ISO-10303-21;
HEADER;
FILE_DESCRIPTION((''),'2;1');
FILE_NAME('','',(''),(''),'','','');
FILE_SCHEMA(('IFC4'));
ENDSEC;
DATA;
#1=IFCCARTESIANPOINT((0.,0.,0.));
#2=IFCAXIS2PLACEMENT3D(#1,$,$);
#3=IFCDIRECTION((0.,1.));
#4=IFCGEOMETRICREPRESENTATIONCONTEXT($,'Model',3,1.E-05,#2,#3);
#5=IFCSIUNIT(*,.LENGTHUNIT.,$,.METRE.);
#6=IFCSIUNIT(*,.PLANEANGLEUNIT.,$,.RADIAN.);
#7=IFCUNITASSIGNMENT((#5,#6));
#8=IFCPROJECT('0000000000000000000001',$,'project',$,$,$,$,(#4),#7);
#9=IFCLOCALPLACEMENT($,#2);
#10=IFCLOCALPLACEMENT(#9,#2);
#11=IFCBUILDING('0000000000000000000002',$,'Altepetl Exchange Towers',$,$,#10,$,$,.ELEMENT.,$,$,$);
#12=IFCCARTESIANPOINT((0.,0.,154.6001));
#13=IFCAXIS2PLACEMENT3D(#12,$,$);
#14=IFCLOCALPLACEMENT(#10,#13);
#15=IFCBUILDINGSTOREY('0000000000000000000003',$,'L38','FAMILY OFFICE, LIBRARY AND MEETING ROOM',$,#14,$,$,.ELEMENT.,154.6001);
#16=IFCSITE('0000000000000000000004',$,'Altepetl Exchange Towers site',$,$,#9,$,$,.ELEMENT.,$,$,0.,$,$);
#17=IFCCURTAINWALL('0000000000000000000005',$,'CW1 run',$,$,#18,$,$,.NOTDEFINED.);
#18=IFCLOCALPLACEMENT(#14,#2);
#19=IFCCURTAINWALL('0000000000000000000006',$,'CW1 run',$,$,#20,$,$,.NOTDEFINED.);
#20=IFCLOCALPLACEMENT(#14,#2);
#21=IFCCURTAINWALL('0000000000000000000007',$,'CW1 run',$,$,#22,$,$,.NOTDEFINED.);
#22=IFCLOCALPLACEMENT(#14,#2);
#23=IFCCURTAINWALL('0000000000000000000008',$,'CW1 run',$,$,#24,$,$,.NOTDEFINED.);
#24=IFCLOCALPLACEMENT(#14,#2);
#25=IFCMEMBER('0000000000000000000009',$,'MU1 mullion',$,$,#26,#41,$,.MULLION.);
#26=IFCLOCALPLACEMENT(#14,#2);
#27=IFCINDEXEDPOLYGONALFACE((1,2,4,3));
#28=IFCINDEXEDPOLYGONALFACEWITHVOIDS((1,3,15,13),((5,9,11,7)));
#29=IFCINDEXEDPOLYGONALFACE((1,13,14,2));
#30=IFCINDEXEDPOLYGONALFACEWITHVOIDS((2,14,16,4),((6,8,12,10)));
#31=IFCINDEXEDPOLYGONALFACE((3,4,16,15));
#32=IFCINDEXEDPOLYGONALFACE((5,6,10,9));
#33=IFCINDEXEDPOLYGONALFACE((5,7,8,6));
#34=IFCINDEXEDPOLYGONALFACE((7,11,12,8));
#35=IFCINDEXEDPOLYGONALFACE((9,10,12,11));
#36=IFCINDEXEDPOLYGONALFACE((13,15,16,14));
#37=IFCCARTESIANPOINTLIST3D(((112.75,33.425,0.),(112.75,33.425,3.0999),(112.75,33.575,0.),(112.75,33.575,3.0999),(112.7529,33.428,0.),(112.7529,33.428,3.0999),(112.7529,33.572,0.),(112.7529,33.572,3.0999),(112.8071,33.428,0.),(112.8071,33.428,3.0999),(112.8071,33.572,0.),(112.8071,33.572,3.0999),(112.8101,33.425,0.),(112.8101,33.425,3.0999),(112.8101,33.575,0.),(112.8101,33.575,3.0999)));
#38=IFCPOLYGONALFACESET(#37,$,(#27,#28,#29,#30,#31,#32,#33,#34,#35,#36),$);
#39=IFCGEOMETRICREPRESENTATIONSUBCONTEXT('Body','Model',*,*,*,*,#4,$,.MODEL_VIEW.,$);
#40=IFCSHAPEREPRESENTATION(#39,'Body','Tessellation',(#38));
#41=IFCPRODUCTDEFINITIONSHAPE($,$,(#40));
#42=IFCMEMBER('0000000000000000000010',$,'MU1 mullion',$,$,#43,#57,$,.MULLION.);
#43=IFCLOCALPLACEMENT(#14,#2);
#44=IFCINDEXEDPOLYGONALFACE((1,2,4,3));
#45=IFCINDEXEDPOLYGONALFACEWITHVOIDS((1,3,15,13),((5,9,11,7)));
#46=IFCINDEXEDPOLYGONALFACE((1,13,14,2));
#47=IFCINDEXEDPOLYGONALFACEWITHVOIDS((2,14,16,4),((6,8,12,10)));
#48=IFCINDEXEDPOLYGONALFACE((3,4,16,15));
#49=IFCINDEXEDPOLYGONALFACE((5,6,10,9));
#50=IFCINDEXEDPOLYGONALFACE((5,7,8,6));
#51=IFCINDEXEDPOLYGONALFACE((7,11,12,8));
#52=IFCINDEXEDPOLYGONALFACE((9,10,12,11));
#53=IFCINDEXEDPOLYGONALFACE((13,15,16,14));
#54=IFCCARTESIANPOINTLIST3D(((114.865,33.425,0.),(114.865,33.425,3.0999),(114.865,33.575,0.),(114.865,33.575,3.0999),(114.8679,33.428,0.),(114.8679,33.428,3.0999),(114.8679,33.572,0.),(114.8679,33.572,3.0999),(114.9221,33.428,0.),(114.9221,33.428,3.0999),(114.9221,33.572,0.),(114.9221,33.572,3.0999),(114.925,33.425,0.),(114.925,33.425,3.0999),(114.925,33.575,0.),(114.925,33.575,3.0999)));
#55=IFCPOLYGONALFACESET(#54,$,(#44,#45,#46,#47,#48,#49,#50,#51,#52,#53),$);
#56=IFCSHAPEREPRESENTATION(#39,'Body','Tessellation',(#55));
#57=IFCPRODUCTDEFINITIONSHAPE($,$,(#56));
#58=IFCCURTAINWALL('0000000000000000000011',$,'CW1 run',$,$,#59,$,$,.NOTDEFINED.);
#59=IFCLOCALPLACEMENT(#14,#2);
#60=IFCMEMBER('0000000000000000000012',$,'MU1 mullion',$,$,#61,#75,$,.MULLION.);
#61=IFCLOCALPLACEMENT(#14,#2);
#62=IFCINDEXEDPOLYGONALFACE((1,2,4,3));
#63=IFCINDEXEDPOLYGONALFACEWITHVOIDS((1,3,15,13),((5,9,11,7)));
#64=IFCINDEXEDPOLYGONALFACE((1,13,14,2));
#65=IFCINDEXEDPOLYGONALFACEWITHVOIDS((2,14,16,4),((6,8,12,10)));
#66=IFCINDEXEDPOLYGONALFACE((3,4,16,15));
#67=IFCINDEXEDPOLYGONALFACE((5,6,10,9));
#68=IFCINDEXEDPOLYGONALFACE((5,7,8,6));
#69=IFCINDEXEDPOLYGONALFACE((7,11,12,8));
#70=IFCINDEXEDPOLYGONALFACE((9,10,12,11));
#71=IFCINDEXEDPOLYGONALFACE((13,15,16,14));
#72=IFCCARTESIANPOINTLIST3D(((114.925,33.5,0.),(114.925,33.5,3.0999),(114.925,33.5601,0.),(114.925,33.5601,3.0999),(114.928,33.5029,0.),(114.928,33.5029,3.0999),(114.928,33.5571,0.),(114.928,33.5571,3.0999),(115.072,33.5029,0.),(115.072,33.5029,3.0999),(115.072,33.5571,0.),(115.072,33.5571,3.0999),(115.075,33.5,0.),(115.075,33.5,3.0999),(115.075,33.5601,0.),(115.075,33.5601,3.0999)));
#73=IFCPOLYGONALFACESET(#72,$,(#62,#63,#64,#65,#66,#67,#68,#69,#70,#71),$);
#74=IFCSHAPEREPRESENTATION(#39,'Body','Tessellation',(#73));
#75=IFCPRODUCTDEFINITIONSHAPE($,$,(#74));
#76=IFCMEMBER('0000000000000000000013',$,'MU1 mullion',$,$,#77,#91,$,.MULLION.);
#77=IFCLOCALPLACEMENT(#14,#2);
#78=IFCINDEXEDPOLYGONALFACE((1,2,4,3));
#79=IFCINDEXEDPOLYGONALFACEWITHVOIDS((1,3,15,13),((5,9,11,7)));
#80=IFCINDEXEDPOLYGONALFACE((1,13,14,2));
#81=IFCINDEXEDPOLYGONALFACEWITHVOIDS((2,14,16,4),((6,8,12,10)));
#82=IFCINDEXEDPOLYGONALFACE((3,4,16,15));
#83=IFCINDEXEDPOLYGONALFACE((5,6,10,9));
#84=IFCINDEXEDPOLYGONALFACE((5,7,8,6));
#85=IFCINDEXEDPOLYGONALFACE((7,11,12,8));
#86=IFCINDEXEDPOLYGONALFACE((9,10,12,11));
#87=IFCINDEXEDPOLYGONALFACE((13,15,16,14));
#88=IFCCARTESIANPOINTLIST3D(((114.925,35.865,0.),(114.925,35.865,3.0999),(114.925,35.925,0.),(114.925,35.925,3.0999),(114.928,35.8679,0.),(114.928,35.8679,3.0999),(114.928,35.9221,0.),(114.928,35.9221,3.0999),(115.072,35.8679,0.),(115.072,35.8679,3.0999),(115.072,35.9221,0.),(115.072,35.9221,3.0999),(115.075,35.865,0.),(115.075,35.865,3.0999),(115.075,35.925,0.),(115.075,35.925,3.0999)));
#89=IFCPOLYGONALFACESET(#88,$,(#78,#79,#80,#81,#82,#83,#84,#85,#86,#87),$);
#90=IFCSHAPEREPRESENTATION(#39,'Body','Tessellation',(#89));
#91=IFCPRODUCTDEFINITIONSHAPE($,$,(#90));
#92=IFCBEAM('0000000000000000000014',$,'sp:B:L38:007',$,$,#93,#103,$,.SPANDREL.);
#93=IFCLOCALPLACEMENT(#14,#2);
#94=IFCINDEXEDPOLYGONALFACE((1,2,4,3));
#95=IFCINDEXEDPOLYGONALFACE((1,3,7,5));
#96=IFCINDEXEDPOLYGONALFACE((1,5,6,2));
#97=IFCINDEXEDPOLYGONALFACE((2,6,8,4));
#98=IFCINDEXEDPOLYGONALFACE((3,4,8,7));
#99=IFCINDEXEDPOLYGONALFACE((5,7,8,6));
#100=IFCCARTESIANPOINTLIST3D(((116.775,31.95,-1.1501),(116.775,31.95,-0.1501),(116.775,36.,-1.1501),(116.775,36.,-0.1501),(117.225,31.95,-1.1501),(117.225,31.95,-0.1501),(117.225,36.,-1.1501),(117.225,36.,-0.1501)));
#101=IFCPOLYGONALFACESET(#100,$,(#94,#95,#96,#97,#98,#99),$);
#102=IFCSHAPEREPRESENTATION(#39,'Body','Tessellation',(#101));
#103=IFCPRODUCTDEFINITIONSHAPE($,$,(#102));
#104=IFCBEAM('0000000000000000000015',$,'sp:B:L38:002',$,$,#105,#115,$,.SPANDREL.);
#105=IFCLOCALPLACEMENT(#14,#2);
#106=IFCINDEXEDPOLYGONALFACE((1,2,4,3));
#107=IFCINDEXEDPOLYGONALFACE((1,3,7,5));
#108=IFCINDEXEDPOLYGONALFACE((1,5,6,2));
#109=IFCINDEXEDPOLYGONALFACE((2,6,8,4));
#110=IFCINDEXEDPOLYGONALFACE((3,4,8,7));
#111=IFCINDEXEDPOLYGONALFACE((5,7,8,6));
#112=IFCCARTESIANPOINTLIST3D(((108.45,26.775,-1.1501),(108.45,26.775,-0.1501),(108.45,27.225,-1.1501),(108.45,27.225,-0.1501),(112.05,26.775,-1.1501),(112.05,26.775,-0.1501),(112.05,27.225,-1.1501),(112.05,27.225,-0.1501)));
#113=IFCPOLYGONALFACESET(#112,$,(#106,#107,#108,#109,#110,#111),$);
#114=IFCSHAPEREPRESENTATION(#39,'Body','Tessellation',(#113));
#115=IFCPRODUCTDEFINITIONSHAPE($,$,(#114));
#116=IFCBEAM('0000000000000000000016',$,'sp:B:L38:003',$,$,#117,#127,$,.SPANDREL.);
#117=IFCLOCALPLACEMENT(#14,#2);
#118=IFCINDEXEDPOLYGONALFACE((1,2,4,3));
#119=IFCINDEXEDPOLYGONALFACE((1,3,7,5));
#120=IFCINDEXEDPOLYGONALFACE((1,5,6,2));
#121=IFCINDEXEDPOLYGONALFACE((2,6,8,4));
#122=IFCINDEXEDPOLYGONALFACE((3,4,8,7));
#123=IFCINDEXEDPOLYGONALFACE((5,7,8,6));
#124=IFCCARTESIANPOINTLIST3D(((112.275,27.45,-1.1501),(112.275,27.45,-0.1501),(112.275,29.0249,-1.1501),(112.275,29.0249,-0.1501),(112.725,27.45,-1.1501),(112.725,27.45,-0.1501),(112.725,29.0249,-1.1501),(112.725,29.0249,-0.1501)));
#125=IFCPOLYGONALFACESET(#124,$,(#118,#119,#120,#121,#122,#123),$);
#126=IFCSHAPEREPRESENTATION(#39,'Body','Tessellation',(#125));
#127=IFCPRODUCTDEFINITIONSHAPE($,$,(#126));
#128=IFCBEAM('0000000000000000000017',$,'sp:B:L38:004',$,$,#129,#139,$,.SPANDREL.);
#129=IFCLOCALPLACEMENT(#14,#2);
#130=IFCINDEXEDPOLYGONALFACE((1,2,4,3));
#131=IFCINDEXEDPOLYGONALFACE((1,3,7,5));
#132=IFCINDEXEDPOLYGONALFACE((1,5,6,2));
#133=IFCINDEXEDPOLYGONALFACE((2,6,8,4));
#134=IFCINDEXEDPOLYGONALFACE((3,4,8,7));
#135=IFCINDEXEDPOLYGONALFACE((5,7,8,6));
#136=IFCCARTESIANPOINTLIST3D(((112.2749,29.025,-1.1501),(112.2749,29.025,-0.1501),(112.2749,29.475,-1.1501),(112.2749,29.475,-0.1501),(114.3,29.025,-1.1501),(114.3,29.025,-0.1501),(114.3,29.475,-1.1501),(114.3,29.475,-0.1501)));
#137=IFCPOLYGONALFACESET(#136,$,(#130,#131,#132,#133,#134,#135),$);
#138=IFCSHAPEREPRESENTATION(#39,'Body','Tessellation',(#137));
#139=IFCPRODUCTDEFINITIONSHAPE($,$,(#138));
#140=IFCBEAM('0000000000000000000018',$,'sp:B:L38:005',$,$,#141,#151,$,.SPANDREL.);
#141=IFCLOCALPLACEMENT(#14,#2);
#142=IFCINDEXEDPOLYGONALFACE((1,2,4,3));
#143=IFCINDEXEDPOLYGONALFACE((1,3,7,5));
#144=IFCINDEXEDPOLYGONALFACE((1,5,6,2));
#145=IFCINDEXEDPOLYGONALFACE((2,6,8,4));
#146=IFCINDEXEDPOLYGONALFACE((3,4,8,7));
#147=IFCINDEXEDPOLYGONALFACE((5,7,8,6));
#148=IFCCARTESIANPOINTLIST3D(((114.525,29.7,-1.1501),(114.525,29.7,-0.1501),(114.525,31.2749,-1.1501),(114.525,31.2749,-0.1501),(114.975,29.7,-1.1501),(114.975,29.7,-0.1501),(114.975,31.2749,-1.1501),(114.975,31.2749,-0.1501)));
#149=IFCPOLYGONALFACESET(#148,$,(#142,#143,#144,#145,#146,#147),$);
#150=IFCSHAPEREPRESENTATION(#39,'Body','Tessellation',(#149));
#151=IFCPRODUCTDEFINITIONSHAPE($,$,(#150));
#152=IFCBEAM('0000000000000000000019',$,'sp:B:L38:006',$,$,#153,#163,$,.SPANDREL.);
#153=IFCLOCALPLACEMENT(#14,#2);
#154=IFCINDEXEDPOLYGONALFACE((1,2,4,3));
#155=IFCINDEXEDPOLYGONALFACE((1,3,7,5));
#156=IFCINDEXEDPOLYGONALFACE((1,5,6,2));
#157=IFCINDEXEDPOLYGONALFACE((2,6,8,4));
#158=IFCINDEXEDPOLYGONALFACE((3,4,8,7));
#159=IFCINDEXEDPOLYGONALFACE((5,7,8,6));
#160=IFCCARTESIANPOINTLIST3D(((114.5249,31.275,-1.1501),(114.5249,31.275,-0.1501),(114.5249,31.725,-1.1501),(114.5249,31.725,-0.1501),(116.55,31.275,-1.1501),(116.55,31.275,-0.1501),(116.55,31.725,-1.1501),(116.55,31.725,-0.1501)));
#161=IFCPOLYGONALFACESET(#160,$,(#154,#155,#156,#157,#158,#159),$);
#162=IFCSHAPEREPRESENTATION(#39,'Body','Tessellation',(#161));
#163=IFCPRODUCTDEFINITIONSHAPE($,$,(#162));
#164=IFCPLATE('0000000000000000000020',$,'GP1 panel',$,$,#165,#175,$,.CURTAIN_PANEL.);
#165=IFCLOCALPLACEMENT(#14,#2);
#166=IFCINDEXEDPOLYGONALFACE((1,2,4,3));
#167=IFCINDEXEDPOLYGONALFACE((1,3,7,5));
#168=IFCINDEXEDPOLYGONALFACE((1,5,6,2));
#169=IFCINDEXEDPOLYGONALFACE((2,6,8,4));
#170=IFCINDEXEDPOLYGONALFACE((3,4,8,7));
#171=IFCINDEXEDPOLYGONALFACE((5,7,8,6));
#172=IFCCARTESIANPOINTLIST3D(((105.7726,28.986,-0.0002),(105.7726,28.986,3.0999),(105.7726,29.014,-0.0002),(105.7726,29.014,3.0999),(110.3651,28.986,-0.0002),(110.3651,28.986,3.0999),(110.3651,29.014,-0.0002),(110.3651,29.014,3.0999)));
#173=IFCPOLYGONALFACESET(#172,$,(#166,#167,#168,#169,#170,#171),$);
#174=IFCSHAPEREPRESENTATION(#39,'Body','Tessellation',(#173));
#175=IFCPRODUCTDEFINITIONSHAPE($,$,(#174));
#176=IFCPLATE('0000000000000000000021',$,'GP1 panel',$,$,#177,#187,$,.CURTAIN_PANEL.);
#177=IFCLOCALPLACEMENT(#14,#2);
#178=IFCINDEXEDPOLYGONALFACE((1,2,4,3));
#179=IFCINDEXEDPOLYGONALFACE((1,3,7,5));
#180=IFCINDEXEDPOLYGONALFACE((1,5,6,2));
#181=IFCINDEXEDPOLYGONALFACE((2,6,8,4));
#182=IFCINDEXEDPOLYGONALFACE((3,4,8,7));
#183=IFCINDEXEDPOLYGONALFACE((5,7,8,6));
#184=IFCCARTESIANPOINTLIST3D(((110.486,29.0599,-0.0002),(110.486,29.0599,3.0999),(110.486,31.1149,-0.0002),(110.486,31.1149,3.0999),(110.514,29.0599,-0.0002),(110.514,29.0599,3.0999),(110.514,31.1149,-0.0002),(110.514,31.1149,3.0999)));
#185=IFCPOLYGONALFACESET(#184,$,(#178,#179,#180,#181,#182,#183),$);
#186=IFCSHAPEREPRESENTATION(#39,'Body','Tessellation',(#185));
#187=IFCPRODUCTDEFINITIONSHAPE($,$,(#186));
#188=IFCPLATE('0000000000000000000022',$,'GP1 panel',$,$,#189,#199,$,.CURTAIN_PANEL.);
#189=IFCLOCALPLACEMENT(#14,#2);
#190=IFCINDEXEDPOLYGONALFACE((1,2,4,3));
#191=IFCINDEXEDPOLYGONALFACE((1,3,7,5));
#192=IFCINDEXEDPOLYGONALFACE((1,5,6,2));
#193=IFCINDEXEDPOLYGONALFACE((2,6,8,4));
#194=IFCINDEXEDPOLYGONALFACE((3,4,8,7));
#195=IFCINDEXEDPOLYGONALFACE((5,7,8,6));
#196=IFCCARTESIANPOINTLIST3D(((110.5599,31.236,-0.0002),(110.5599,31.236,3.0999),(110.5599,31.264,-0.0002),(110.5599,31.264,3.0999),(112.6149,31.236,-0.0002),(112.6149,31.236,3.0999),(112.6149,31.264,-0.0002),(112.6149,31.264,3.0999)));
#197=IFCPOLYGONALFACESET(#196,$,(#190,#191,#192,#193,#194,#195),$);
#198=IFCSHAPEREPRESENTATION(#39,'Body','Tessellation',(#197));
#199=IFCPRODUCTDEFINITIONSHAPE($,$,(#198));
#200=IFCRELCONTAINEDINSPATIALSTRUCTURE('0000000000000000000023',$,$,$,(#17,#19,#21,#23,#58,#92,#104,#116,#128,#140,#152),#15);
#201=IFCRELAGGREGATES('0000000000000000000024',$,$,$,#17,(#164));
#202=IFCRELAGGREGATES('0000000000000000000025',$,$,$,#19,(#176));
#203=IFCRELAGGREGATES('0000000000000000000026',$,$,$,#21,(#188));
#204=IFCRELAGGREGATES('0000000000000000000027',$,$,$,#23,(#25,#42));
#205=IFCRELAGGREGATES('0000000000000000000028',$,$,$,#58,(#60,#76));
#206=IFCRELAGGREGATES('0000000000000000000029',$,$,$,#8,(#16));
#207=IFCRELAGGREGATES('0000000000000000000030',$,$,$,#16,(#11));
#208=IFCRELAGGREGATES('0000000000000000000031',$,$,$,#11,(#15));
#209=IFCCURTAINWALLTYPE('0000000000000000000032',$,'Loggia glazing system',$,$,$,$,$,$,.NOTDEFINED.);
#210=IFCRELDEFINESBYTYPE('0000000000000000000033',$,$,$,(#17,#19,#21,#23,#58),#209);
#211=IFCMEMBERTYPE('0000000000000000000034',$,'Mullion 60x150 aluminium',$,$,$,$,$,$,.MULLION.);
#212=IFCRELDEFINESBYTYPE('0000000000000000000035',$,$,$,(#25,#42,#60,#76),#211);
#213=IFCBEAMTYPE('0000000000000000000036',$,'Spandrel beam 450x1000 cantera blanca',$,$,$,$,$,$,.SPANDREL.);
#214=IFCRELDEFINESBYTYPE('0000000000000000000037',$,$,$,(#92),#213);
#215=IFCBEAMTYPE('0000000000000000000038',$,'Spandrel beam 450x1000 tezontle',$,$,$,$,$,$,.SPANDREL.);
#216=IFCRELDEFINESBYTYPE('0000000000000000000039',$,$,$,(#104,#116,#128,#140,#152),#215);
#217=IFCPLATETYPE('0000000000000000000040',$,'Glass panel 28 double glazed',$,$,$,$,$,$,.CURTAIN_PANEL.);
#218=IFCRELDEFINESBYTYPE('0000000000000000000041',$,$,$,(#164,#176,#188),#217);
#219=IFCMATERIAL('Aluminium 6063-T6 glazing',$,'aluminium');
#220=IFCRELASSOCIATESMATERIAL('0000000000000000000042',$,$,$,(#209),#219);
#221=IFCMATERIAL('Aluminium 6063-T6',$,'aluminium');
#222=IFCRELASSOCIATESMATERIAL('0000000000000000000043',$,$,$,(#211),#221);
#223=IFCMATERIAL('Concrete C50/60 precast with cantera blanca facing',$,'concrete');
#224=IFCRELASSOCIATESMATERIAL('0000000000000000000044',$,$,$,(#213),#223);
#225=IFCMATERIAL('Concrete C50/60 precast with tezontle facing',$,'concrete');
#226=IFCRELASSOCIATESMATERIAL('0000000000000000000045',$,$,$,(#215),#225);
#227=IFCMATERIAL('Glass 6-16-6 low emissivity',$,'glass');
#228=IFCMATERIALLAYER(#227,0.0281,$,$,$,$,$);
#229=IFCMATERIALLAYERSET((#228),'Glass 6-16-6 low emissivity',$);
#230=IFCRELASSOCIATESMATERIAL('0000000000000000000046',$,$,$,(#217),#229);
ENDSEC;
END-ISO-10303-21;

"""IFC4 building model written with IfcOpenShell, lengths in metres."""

from ifc_helpers import new_model, si_unit, direction, frame, origin, origin_2d, place, context, subcontext, project, spatial, rectangle, hollow_rectangle, extrude, material, layer, layer_set, material_profile, profile_set, type_object, element, aggregate, save


model = new_model("IFC4")

# Units and contexts
model_context = context("Model", 3, precision=1e-05, world=origin(), true_north=direction((0.0, 1.0)))
body_context = subcontext(model_context, "Body", "Model", "MODEL_VIEW")
ifc_project = project(units=[si_unit("LENGTHUNIT", "METRE"), si_unit("PLANEANGLEUNIT", "RADIAN")], contexts=[model_context])

# Site, building, storey
site_placement = place(None, origin())
site = spatial("IfcSite", under=ifc_project, at=site_placement, Name="Altepetl Exchange Towers site", CompositionType="ELEMENT", RefElevation=0.0)
building_placement = place(site_placement, origin())
building = spatial("IfcBuilding", under=site, at=building_placement, Name="Altepetl Exchange Towers", CompositionType="ELEMENT")
storey_placement = place(building_placement, frame((0.0, 0.0, 154.6001)))
storey = spatial("IfcBuildingStorey", under=building, at=storey_placement, Name="L38", Description="FAMILY OFFICE, LIBRARY AND MEETING ROOM", CompositionType="ELEMENT", Elevation=154.6001)

# Curtain wall
ifc_material_1 = material(Name="Aluminium 6063-T6 glazing", Category="aluminium")
curtain_wall_type = type_object("IfcCurtainWallType", Name="Loggia glazing system", PredefinedType="NOTDEFINED", material=ifc_material_1)
curtain_wall_1_placement = place(storey_placement, origin())
curtain_wall_1 = element("IfcCurtainWall", 1, at=curtain_wall_1_placement, inside=storey, type_object=curtain_wall_type, Name="CW1 run", PredefinedType="NOTDEFINED")
ifc_material_2 = material(Name="Aluminium 6063-T6", Category="aluminium")
ifc_material_profile_1 = material_profile(ifc_material_2, hollow_rectangle(XDim=0.0601, YDim=0.1499, WallThickness=0.0029, at=origin_2d()), Name="Mullion 60x150 aluminium")
ifc_profile_set_1 = profile_set([ifc_material_profile_1], Name="Aluminium 6063-T6")
member_type = type_object("IfcMemberType", Name="Mullion 60x150 aluminium", PredefinedType="MULLION", material=ifc_profile_set_1)

# Curtain walls, members
curtain_wall_2_placement = place(storey_placement, origin())
curtain_wall_2 = element("IfcCurtainWall", 2, at=curtain_wall_2_placement, inside=storey, type_object=curtain_wall_type, Name="CW1 run", PredefinedType="NOTDEFINED")
curtain_wall_3_placement = place(storey_placement, origin())
curtain_wall_3 = element("IfcCurtainWall", 3, at=curtain_wall_3_placement, inside=storey, type_object=curtain_wall_type, Name="CW1 run", PredefinedType="NOTDEFINED")
curtain_wall_4_placement = place(storey_placement, origin())
curtain_wall_4 = element("IfcCurtainWall", 4, at=curtain_wall_4_placement, inside=storey, type_object=curtain_wall_type, Name="CW1 run", PredefinedType="NOTDEFINED")
member_1_placement = place(storey_placement, frame((112.78, 33.5, 0.0)))
member_1 = element("IfcMember", 5, at=member_1_placement, type_object=member_type, Name="MU1 mullion", PredefinedType="MULLION", context=body_context, shape_type="SweptSolid", body=[
    extrude(hollow_rectangle(XDim=0.0601, YDim=0.1499, WallThickness=0.0029, at=origin_2d()), origin(), (0.0, 0.0, 1.0), 3.0999),
])
member_2_placement = place(storey_placement, frame((114.895, 33.5, 0.0)))
member_2 = element("IfcMember", 6, at=member_2_placement, type_object=member_type, Name="MU1 mullion", PredefinedType="MULLION", context=body_context, shape_type="SweptSolid", body=[
    extrude(hollow_rectangle(XDim=0.0601, YDim=0.1499, WallThickness=0.0029, at=origin_2d()), origin(), (0.0, 0.0, 1.0), 3.0999),
])
curtain_wall_5_placement = place(storey_placement, origin())
curtain_wall_5 = element("IfcCurtainWall", 7, at=curtain_wall_5_placement, inside=storey, type_object=curtain_wall_type, Name="CW1 run", PredefinedType="NOTDEFINED")
member_3_placement = place(storey_placement, frame((115.0, 33.53, 0.0), z_axis=(0.0, 0.0, 1.0), x_axis=(0.0, 1.0, 0.0)))
member_3 = element("IfcMember", 8, at=member_3_placement, type_object=member_type, Name="MU1 mullion", PredefinedType="MULLION", context=body_context, shape_type="SweptSolid", body=[
    extrude(hollow_rectangle(XDim=0.0601, YDim=0.1499, WallThickness=0.0029, at=origin_2d()), origin(), (0.0, 0.0, 1.0), 3.0999),
])
member_4_placement = place(storey_placement, frame((115.0, 35.895, 0.0), z_axis=(0.0, 0.0, 1.0), x_axis=(0.0, 1.0, 0.0)))
member_4 = element("IfcMember", 9, at=member_4_placement, type_object=member_type, Name="MU1 mullion", PredefinedType="MULLION", context=body_context, shape_type="SweptSolid", body=[
    extrude(hollow_rectangle(XDim=0.0601, YDim=0.1499, WallThickness=0.0029, at=origin_2d()), origin(), (0.0, 0.0, 1.0), 3.0999),
])

# Beams
ifc_material_3 = material(Name="Concrete C50/60 precast with cantera blanca facing", Category="concrete")
ifc_material_profile_2 = material_profile(ifc_material_3, rectangle(XDim=0.45, YDim=1.0, at=origin_2d()), Name="450 x 1000")
ifc_profile_set_2 = profile_set([ifc_material_profile_2], Name="Concrete C50/60 precast with cantera blanca facing")
beam_type_1 = type_object("IfcBeamType", Name="Spandrel beam 450x1000 cantera blanca", PredefinedType="SPANDREL", material=ifc_profile_set_2)
beam_1_placement = place(storey_placement, frame((117.0, 31.95, -0.6501), z_axis=(0.0, 1.0, 0.0), x_axis=(-1.0, 0.0, 0.0)))
element("IfcBeam", 10, at=beam_1_placement, inside=storey, type_object=beam_type_1, Name="sp:B:L38:007", PredefinedType="SPANDREL", context=body_context, shape_type="SweptSolid", body=[
    extrude(rectangle(XDim=0.45, YDim=1.0, at=origin_2d()), origin(), (0.0, 0.0, 1.0), 4.05),
])
ifc_material_4 = material(Name="Concrete C50/60 precast with tezontle facing", Category="concrete")
ifc_material_profile_3 = material_profile(ifc_material_4, rectangle(XDim=0.45, YDim=1.0, at=origin_2d()), Name="450 x 1000")
ifc_profile_set_3 = profile_set([ifc_material_profile_3], Name="Concrete C50/60 precast with tezontle facing")
beam_type_2 = type_object("IfcBeamType", Name="Spandrel beam 450x1000 tezontle", PredefinedType="SPANDREL", material=ifc_profile_set_3)
beam_2_placement = place(storey_placement, frame((108.45, 27.0, -0.6501), z_axis=(1.0, 0.0, 0.0), x_axis=(0.0, 1.0, 0.0)))
element("IfcBeam", 11, at=beam_2_placement, inside=storey, type_object=beam_type_2, Name="sp:B:L38:002", PredefinedType="SPANDREL", context=body_context, shape_type="SweptSolid", body=[
    extrude(rectangle(XDim=0.45, YDim=1.0, at=origin_2d()), origin(), (0.0, 0.0, 1.0), 3.6001),
])
beam_3_placement = place(storey_placement, frame((112.5, 27.45, -0.6501), z_axis=(0.0, 1.0, 0.0), x_axis=(-1.0, 0.0, 0.0)))
element("IfcBeam", 12, at=beam_3_placement, inside=storey, type_object=beam_type_2, Name="sp:B:L38:003", PredefinedType="SPANDREL", context=body_context, shape_type="SweptSolid", body=[
    extrude(rectangle(XDim=0.45, YDim=1.0, at=origin_2d()), origin(), (0.0, 0.0, 1.0), 1.575),
])
beam_4_placement = place(storey_placement, frame((112.2749, 29.25, -0.6501), z_axis=(1.0, 0.0, 0.0), x_axis=(0.0, 1.0, 0.0)))
element("IfcBeam", 13, at=beam_4_placement, inside=storey, type_object=beam_type_2, Name="sp:B:L38:004", PredefinedType="SPANDREL", context=body_context, shape_type="SweptSolid", body=[
    extrude(rectangle(XDim=0.45, YDim=1.0, at=origin_2d()), origin(), (0.0, 0.0, 1.0), 2.0251),
])
beam_5_placement = place(storey_placement, frame((114.75, 29.7, -0.6501), z_axis=(0.0, 1.0, 0.0), x_axis=(-1.0, 0.0, 0.0)))
element("IfcBeam", 14, at=beam_5_placement, inside=storey, type_object=beam_type_2, Name="sp:B:L38:005", PredefinedType="SPANDREL", context=body_context, shape_type="SweptSolid", body=[
    extrude(rectangle(XDim=0.45, YDim=1.0, at=origin_2d()), origin(), (0.0, 0.0, 1.0), 1.575),
])
beam_6_placement = place(storey_placement, frame((114.5249, 31.5, -0.6501), z_axis=(1.0, 0.0, 0.0), x_axis=(0.0, 1.0, 0.0)))
element("IfcBeam", 15, at=beam_6_placement, inside=storey, type_object=beam_type_2, Name="sp:B:L38:006", PredefinedType="SPANDREL", context=body_context, shape_type="SweptSolid", body=[
    extrude(rectangle(XDim=0.45, YDim=1.0, at=origin_2d()), origin(), (0.0, 0.0, 1.0), 2.0251),
])

# Plates
ifc_material_5 = material(Name="Glass 6-16-6 low emissivity", Category="glass")
ifc_layer = layer(ifc_material_5, 0.0281)
ifc_layer_set = layer_set([ifc_layer], Name="Glass 6-16-6 low emissivity")
plate_type = type_object("IfcPlateType", Name="Glass panel 28 double glazed", PredefinedType="CURTAIN_PANEL", material=ifc_layer_set)
plate_1_placement = place(storey_placement, frame((108.0688, 29.0, -0.0002)))
plate_1 = element("IfcPlate", 16, at=plate_1_placement, type_object=plate_type, Name="GP1 panel", PredefinedType="CURTAIN_PANEL", context=body_context, shape_type="SweptSolid", body=[
    extrude(rectangle(XDim=4.5925, YDim=0.0281, at=origin_2d()), origin(), (0.0, 0.0, 1.0), 3.1001),
])
aggregate(curtain_wall_1, [plate_1])
plate_2_placement = place(storey_placement, frame((110.5, 30.0874, -0.0002), z_axis=(0.0, 0.0, 1.0), x_axis=(0.0, 1.0, 0.0)))
plate_2 = element("IfcPlate", 17, at=plate_2_placement, type_object=plate_type, Name="GP1 panel", PredefinedType="CURTAIN_PANEL", context=body_context, shape_type="SweptSolid", body=[
    extrude(rectangle(XDim=2.0549, YDim=0.0281, at=origin_2d()), origin(), (0.0, 0.0, 1.0), 3.1001),
])
aggregate(curtain_wall_2, [plate_2])
plate_3_placement = place(storey_placement, frame((111.5874, 31.25, -0.0002)))
plate_3 = element("IfcPlate", 18, at=plate_3_placement, type_object=plate_type, Name="GP1 panel", PredefinedType="CURTAIN_PANEL", context=body_context, shape_type="SweptSolid", body=[
    extrude(rectangle(XDim=2.0549, YDim=0.0281, at=origin_2d()), origin(), (0.0, 0.0, 1.0), 3.1001),
])
aggregate(curtain_wall_3, [plate_3])
aggregate(curtain_wall_4, [member_1, member_2])
aggregate(curtain_wall_5, [member_3, member_4])

save(model, "model.ifc")
